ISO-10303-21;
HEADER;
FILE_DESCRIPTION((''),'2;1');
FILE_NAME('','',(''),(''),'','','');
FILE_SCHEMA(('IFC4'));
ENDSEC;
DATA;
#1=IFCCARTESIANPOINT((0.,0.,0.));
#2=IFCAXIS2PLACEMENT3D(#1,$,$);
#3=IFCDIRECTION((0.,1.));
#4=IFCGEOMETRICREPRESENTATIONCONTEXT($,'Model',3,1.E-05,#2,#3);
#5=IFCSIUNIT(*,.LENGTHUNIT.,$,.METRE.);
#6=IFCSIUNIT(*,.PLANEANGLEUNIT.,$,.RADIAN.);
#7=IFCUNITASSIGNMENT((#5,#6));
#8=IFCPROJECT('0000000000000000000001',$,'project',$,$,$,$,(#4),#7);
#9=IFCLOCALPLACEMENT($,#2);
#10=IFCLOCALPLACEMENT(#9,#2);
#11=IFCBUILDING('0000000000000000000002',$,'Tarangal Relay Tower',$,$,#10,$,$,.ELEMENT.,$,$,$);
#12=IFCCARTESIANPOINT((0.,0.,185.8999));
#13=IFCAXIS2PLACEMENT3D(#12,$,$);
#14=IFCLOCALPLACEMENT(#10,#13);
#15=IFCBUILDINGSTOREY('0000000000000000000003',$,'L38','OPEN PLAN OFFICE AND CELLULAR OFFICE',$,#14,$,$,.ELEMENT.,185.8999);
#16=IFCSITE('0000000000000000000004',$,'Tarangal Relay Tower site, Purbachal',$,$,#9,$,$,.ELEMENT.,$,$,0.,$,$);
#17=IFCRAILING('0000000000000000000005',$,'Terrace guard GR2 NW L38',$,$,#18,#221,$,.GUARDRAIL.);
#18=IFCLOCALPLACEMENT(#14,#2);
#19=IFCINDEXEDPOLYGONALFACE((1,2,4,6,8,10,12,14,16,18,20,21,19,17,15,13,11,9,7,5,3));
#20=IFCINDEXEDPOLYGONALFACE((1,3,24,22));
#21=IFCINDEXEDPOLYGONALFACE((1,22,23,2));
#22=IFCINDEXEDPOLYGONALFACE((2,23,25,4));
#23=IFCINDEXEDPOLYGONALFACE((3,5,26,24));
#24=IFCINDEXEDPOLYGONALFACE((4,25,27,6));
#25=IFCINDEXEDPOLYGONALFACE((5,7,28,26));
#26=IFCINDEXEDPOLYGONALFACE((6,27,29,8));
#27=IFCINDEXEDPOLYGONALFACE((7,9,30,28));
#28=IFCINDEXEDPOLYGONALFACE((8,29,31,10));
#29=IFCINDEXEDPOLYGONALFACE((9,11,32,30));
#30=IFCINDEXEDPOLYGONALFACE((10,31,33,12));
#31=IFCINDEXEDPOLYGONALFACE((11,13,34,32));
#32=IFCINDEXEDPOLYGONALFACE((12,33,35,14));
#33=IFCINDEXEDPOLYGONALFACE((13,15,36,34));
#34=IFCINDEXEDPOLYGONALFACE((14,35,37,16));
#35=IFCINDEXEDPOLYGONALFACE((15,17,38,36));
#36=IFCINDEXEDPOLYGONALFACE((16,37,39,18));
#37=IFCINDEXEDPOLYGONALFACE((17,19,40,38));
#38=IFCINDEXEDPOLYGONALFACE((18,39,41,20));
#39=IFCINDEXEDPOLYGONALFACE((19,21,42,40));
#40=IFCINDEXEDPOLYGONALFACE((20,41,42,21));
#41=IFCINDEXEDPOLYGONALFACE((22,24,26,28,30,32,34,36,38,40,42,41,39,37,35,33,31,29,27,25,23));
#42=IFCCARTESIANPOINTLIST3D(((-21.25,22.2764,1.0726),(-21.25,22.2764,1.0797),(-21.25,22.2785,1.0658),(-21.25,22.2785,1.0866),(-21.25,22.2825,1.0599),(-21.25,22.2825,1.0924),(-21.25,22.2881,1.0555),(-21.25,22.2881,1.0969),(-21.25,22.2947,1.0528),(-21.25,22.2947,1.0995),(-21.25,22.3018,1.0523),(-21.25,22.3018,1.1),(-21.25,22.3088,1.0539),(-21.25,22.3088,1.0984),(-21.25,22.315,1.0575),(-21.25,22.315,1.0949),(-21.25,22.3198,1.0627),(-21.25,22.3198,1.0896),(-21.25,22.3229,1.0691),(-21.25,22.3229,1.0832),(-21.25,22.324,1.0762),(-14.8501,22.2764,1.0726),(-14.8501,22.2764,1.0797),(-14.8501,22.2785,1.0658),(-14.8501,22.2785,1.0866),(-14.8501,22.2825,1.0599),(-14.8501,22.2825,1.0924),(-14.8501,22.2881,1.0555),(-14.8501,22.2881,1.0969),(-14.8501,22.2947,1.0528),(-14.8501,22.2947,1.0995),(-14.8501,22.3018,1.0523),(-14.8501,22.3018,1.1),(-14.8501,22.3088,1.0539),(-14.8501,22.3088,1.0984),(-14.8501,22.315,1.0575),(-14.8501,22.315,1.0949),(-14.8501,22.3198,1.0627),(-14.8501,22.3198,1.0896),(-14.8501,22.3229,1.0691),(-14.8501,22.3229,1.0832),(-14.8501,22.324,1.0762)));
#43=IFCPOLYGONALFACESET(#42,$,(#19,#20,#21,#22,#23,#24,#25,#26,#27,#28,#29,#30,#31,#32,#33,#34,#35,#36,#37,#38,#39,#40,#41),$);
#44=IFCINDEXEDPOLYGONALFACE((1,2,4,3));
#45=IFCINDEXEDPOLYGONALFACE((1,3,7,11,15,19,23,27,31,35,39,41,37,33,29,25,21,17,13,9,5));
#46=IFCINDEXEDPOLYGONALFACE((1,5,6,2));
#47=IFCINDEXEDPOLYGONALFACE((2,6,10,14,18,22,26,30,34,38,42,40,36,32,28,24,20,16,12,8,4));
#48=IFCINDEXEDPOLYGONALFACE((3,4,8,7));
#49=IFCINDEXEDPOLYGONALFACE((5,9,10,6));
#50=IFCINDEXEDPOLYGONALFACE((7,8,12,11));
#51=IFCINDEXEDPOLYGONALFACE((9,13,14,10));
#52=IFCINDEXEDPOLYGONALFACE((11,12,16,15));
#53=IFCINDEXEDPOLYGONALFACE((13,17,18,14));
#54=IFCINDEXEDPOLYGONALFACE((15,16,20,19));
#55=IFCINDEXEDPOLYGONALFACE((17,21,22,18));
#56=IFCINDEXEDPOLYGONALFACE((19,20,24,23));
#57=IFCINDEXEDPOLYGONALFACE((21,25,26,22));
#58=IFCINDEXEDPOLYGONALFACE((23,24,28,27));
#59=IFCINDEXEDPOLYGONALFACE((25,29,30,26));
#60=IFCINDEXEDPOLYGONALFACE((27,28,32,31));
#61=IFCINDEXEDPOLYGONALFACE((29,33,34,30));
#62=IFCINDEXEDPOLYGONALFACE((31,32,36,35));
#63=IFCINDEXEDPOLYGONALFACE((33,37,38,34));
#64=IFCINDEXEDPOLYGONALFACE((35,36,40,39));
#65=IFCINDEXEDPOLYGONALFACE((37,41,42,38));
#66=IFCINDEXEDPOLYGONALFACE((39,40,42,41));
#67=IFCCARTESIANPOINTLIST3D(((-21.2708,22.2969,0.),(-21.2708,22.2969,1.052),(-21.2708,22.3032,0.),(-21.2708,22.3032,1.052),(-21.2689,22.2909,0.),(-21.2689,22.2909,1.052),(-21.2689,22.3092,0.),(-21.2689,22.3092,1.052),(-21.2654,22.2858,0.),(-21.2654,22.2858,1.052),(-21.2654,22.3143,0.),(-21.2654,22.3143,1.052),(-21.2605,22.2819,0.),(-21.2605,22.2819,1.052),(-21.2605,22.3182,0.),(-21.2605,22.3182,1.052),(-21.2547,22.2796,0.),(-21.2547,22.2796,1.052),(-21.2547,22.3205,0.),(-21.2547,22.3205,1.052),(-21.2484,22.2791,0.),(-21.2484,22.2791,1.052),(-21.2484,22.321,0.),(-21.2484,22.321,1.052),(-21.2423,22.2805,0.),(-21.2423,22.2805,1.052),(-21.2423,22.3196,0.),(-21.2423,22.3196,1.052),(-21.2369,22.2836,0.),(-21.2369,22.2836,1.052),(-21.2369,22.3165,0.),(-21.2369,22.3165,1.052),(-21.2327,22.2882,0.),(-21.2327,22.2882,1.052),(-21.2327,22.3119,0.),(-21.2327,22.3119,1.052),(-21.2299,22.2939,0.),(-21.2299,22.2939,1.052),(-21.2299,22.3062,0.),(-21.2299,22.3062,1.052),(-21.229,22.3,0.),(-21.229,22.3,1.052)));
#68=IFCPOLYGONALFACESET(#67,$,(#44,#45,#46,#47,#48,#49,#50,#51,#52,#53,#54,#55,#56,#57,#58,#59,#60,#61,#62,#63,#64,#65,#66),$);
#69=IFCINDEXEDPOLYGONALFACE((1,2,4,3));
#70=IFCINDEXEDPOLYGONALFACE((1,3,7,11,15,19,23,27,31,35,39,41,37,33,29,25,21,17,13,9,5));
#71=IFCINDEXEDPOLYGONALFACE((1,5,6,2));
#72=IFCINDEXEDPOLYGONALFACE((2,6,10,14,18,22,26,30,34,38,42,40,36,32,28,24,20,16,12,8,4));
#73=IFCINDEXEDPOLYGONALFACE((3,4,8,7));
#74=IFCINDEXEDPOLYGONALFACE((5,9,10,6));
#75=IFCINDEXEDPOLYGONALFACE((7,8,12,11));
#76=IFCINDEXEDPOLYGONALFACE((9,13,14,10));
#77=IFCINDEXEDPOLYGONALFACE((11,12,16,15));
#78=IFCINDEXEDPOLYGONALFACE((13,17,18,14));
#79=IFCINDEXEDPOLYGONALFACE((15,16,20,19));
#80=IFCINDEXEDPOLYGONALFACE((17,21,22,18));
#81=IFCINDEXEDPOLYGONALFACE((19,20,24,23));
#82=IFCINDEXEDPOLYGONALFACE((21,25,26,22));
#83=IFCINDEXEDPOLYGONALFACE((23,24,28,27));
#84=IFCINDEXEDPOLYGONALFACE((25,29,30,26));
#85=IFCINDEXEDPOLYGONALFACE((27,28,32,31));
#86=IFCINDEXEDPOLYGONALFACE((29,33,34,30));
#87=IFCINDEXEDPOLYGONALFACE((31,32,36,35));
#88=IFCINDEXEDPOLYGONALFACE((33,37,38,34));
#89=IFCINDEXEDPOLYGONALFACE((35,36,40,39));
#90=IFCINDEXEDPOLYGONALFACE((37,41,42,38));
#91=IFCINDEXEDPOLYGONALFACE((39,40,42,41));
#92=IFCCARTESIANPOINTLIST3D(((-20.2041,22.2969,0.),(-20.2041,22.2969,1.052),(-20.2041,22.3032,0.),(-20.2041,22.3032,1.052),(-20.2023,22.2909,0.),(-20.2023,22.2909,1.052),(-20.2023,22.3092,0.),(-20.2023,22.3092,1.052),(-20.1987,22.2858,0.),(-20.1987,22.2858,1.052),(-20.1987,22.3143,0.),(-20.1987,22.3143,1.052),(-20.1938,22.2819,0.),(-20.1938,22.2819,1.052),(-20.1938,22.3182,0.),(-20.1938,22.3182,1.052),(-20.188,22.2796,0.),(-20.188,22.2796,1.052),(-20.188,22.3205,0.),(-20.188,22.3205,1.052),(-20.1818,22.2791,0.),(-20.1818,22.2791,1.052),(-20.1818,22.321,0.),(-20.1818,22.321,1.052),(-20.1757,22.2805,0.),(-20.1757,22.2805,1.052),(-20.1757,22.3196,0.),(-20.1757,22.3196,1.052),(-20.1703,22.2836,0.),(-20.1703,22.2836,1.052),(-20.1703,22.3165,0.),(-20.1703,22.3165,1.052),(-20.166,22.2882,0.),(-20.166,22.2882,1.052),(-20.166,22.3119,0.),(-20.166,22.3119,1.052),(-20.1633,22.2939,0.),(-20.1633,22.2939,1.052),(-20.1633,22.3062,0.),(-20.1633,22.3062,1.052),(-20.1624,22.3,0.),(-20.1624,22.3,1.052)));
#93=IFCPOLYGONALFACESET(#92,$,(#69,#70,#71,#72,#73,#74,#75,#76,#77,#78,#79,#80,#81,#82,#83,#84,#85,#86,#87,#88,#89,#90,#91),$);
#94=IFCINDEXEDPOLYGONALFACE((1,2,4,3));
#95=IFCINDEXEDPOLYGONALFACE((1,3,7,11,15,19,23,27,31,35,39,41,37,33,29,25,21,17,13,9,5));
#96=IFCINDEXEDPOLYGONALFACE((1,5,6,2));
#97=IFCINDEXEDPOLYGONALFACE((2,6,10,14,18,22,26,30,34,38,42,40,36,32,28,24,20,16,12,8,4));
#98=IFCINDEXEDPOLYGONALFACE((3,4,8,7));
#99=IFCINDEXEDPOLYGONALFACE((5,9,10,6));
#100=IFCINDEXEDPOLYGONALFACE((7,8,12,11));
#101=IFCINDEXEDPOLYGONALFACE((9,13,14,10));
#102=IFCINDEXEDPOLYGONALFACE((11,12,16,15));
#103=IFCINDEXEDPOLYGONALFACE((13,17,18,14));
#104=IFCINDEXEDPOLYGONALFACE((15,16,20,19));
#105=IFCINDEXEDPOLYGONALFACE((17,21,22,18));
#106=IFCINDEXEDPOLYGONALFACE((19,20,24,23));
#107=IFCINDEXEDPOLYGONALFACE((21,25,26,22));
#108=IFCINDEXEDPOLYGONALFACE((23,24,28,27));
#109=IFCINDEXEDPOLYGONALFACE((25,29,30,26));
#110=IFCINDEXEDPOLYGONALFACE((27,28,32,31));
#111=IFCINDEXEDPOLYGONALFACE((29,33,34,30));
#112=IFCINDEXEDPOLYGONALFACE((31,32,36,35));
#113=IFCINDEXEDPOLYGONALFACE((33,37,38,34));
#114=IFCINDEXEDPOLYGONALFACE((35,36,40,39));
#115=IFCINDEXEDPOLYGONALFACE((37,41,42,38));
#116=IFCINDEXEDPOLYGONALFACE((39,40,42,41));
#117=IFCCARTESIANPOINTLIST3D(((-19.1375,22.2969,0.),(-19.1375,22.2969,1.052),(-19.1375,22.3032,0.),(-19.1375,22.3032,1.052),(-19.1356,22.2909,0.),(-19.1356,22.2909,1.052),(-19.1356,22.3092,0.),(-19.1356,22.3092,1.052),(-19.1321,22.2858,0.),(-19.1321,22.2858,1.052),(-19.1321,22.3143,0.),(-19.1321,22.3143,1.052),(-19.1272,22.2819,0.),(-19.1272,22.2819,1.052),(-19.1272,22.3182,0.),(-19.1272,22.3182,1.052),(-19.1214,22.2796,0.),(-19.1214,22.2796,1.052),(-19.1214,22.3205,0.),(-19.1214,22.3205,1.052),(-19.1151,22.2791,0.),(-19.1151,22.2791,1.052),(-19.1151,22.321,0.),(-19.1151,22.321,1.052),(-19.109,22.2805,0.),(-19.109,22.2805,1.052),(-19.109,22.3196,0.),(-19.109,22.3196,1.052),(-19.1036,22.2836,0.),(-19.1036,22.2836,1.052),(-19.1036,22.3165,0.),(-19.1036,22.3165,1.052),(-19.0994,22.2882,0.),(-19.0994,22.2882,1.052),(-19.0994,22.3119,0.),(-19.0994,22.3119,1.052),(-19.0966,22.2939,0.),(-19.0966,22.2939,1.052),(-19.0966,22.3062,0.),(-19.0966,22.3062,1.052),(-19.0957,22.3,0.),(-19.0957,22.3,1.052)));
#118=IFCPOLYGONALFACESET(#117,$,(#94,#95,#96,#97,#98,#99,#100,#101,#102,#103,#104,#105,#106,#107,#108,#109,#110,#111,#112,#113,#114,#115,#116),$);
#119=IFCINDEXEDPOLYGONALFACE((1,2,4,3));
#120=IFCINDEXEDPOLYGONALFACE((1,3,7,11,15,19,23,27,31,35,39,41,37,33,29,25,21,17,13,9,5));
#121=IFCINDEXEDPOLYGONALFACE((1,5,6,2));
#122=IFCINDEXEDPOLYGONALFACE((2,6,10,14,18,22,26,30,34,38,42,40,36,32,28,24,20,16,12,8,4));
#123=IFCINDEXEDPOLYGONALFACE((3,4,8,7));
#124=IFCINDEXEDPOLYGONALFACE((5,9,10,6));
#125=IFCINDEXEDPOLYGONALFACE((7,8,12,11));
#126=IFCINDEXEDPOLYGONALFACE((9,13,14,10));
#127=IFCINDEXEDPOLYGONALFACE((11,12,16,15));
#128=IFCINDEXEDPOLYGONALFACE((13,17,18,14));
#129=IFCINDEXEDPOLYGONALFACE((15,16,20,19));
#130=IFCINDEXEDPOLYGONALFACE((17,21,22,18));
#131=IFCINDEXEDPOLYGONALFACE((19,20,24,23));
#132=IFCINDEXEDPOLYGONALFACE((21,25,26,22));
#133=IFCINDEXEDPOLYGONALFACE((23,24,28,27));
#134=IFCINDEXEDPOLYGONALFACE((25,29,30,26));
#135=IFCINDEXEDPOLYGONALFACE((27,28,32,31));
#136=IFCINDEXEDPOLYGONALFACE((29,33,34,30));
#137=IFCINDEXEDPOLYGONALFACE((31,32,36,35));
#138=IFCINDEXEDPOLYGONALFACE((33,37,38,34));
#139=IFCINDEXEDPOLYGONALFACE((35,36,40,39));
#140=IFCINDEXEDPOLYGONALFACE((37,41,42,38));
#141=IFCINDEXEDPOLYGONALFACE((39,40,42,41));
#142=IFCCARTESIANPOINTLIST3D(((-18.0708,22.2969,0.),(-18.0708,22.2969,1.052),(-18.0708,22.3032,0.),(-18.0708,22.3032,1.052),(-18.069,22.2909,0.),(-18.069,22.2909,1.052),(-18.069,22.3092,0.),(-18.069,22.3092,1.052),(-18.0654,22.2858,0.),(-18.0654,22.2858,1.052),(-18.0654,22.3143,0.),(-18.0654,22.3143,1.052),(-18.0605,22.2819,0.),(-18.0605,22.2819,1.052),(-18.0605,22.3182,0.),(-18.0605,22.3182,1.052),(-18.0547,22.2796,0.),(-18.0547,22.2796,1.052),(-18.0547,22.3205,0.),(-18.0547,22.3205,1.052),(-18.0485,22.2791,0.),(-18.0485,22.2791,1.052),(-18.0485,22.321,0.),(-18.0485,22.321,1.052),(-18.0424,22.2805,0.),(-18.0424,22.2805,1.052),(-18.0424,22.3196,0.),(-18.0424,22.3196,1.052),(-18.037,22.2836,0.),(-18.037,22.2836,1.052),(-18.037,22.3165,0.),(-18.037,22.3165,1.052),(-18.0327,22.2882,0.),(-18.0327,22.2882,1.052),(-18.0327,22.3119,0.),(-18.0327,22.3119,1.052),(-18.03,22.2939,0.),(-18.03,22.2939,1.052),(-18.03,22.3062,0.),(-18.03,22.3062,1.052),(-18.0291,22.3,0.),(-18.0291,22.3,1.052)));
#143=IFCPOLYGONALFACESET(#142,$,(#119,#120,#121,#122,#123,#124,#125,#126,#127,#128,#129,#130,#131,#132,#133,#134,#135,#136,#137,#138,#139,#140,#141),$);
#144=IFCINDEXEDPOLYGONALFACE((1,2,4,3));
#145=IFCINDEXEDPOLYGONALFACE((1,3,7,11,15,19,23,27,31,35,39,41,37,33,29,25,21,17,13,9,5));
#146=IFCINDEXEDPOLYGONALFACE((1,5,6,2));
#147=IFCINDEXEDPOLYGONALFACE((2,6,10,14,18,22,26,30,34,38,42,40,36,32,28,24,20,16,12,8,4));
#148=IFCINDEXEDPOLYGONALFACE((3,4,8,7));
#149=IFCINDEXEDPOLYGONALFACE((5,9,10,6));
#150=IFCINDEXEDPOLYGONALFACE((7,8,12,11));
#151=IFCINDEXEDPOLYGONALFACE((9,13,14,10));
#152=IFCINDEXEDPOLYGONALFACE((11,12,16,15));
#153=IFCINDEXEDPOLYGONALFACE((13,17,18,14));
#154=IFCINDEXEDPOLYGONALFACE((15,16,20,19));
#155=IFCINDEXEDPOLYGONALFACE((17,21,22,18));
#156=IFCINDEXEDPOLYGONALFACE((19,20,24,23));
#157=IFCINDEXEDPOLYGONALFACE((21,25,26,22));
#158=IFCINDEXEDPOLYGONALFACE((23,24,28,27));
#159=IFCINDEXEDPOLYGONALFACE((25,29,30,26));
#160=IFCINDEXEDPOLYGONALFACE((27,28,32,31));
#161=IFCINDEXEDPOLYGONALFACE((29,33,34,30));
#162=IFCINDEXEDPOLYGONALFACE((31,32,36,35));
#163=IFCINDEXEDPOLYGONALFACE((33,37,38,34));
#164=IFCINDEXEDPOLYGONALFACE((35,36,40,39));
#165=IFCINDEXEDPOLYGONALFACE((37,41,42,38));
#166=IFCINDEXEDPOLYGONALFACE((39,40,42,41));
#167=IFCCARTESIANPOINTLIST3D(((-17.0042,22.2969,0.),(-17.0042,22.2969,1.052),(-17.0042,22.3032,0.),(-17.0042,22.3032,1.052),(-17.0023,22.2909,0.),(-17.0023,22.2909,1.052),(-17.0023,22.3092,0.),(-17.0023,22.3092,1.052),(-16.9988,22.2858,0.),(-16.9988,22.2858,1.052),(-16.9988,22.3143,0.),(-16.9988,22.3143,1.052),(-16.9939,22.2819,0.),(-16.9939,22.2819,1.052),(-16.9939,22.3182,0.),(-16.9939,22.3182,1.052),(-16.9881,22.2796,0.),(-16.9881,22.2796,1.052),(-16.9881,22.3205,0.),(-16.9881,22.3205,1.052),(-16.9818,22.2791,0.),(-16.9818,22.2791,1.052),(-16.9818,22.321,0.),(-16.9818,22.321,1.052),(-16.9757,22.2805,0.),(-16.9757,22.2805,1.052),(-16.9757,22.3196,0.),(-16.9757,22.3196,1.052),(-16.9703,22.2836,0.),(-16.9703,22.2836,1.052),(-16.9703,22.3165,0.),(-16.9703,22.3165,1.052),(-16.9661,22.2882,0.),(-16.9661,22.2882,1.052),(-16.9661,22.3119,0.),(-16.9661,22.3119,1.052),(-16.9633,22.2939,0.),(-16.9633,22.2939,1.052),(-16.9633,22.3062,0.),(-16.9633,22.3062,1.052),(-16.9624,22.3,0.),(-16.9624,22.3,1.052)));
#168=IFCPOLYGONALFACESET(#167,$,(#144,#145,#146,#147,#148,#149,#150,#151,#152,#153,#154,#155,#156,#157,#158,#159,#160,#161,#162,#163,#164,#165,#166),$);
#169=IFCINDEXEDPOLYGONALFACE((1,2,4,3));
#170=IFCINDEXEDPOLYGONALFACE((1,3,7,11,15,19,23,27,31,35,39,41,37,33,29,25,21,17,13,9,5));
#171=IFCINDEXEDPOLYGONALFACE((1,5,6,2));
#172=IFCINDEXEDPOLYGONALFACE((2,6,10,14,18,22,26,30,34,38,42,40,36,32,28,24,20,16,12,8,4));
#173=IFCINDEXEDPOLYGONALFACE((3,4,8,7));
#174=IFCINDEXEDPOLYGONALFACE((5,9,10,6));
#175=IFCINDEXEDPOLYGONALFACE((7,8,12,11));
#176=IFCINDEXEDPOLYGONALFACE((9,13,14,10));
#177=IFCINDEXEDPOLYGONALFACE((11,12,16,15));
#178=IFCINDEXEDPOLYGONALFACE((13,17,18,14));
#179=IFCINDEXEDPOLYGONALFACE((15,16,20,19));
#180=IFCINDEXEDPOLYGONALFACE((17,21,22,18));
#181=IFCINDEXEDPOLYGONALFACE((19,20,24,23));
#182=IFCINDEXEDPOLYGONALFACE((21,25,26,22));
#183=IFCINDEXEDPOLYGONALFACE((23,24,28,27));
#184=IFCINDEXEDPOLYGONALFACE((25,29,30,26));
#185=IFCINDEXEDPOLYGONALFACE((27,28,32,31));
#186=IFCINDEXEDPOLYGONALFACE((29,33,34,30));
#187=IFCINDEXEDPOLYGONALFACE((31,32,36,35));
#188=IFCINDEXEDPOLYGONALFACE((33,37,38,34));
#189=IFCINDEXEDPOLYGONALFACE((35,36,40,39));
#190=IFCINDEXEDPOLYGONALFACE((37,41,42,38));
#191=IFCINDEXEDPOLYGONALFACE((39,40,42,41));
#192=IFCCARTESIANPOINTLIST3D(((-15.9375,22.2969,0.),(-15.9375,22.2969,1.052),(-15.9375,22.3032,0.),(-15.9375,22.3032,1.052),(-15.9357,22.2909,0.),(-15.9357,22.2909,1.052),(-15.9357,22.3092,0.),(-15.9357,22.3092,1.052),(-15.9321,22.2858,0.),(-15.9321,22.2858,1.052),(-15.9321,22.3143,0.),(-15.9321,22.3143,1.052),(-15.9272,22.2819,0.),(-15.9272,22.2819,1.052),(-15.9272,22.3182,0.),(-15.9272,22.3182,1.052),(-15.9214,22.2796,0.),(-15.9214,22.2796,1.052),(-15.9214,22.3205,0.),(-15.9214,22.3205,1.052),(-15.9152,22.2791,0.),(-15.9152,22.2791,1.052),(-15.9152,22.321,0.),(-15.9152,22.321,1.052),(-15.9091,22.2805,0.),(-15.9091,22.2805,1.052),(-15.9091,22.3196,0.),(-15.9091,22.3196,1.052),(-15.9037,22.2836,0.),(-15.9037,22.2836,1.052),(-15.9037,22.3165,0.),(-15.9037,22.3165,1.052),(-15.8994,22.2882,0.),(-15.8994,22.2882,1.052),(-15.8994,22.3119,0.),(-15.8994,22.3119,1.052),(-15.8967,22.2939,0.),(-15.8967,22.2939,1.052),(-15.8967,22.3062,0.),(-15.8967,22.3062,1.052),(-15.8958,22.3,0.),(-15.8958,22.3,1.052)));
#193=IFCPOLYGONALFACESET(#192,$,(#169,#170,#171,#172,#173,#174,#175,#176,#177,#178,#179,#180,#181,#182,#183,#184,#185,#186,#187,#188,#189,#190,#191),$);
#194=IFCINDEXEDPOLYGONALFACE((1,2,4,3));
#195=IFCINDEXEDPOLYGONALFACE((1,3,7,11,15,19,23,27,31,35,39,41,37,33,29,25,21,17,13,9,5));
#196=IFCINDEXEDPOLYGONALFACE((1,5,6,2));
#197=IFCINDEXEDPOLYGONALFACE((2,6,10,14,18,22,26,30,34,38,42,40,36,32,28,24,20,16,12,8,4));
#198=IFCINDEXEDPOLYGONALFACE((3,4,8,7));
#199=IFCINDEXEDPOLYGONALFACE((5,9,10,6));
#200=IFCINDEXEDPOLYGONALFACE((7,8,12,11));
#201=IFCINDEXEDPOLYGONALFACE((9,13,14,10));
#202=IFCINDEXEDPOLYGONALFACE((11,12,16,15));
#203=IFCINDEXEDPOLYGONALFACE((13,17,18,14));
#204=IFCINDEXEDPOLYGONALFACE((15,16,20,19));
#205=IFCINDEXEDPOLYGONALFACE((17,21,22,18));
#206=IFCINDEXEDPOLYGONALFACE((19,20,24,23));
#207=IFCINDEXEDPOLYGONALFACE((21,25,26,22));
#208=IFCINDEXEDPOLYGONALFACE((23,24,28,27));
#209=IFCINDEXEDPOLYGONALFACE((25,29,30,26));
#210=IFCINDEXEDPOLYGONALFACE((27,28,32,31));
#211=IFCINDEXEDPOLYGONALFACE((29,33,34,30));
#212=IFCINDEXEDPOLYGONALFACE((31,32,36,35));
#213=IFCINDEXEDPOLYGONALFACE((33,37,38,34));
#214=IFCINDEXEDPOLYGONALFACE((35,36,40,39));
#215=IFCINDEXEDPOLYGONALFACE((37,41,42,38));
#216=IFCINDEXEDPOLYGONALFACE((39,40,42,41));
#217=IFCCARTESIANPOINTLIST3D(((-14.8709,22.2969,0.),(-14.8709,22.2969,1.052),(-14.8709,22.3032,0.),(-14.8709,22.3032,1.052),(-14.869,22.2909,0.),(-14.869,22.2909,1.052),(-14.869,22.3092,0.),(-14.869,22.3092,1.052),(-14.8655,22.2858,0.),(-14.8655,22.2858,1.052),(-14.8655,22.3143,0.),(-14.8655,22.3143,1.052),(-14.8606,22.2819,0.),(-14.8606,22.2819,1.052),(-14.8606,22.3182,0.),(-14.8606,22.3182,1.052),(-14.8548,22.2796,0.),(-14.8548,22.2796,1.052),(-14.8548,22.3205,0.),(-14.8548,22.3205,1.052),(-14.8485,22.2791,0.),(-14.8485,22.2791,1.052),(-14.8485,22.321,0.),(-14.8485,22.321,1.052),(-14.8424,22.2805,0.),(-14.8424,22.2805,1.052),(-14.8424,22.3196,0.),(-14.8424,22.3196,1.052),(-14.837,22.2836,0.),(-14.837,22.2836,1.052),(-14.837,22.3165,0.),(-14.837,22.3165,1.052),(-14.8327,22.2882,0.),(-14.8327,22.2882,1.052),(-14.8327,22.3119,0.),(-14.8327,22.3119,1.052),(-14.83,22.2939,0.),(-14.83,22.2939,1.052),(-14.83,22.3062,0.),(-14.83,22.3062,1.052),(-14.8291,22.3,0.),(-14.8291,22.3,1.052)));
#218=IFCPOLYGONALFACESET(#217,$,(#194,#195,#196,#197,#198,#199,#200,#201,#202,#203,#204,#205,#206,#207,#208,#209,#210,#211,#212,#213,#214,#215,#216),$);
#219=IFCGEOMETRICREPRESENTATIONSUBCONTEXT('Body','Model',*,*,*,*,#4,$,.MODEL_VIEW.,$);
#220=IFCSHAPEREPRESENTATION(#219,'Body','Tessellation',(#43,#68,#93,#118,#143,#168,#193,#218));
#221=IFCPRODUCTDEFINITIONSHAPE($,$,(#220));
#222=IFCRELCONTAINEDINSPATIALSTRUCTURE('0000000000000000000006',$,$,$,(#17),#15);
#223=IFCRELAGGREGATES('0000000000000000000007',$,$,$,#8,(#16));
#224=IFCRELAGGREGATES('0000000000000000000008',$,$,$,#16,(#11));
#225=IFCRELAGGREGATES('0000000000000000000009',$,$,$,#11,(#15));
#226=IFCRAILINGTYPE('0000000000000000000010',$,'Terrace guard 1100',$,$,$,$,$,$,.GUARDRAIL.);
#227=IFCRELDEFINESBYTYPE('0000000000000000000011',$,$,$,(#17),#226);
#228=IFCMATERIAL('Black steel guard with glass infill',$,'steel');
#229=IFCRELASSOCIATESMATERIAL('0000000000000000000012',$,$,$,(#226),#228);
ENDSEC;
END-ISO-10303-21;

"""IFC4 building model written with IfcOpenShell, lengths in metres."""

from ifc_helpers import new_model, si_unit, direction, frame, origin, origin_2d, place, context, subcontext, project, spatial, circle, extrude, material, type_object, element, save


model = new_model("IFC4")

# Units and contexts
model_context = context("Model", 3, precision=1e-05, world=origin(), true_north=direction((0.0, 1.0)))
body_context = subcontext(model_context, "Body", "Model", "MODEL_VIEW")
ifc_project = project(units=[si_unit("LENGTHUNIT", "METRE"), si_unit("PLANEANGLEUNIT", "RADIAN")], contexts=[model_context])

# Site, building, storey
site_placement = place(None, origin())
site = spatial("IfcSite", under=ifc_project, at=site_placement, Name="Tarangal Relay Tower site, Purbachal", CompositionType="ELEMENT", RefElevation=0.0)
building_placement = place(site_placement, origin())
building = spatial("IfcBuilding", under=site, at=building_placement, Name="Tarangal Relay Tower", CompositionType="ELEMENT")
storey_placement = place(building_placement, frame((0.0, 0.0, 185.8999)))
storey = spatial("IfcBuildingStorey", under=building, at=storey_placement, Name="L38", Description="OPEN PLAN OFFICE AND CELLULAR OFFICE", CompositionType="ELEMENT", Elevation=185.8999)

# Railing
ifc_material_1 = material(Name="Black steel guard with glass infill", Category="steel")
railing_type = type_object("IfcRailingType", Name="Terrace guard 1100", PredefinedType="GUARDRAIL", material=ifc_material_1)
railing_1_placement = place(storey_placement, frame((-21.25, 22.3, 0.0)))
element("IfcRailing", 1, at=railing_1_placement, inside=storey, type_object=railing_type, Name="Terrace guard GR2 NW L38", PredefinedType="GUARDRAIL", context=body_context, shape_type="SweptSolid", body=[
    extrude(circle(Radius=0.0239, at=origin_2d()), frame((0.0, 0.0, 1.0762), z_axis=(1.0, 0.0, 0.0), x_axis=(0.0, 1.0, 0.0)), (0.0, 0.0, 1.0), 6.3999),
    extrude(circle(Radius=0.021, at=origin_2d()), origin(), (0.0, 0.0, 1.0), 1.052),
    extrude(circle(Radius=0.021, at=origin_2d()), frame((1.0667, 0.0, 0.0)), (0.0, 0.0, 1.0), 1.052),
    extrude(circle(Radius=0.021, at=origin_2d()), frame((2.1333, 0.0, 0.0)), (0.0, 0.0, 1.0), 1.052),
    extrude(circle(Radius=0.021, at=origin_2d()), frame((3.2, 0.0, 0.0)), (0.0, 0.0, 1.0), 1.052),
    extrude(circle(Radius=0.021, at=origin_2d()), frame((4.2666, 0.0, 0.0)), (0.0, 0.0, 1.0), 1.052),
    extrude(circle(Radius=0.021, at=origin_2d()), frame((5.3333, 0.0, 0.0)), (0.0, 0.0, 1.0), 1.052),
    extrude(circle(Radius=0.021, at=origin_2d()), frame((6.3999, 0.0, 0.0)), (0.0, 0.0, 1.0), 1.052),
])

save(model, "model.ifc")
